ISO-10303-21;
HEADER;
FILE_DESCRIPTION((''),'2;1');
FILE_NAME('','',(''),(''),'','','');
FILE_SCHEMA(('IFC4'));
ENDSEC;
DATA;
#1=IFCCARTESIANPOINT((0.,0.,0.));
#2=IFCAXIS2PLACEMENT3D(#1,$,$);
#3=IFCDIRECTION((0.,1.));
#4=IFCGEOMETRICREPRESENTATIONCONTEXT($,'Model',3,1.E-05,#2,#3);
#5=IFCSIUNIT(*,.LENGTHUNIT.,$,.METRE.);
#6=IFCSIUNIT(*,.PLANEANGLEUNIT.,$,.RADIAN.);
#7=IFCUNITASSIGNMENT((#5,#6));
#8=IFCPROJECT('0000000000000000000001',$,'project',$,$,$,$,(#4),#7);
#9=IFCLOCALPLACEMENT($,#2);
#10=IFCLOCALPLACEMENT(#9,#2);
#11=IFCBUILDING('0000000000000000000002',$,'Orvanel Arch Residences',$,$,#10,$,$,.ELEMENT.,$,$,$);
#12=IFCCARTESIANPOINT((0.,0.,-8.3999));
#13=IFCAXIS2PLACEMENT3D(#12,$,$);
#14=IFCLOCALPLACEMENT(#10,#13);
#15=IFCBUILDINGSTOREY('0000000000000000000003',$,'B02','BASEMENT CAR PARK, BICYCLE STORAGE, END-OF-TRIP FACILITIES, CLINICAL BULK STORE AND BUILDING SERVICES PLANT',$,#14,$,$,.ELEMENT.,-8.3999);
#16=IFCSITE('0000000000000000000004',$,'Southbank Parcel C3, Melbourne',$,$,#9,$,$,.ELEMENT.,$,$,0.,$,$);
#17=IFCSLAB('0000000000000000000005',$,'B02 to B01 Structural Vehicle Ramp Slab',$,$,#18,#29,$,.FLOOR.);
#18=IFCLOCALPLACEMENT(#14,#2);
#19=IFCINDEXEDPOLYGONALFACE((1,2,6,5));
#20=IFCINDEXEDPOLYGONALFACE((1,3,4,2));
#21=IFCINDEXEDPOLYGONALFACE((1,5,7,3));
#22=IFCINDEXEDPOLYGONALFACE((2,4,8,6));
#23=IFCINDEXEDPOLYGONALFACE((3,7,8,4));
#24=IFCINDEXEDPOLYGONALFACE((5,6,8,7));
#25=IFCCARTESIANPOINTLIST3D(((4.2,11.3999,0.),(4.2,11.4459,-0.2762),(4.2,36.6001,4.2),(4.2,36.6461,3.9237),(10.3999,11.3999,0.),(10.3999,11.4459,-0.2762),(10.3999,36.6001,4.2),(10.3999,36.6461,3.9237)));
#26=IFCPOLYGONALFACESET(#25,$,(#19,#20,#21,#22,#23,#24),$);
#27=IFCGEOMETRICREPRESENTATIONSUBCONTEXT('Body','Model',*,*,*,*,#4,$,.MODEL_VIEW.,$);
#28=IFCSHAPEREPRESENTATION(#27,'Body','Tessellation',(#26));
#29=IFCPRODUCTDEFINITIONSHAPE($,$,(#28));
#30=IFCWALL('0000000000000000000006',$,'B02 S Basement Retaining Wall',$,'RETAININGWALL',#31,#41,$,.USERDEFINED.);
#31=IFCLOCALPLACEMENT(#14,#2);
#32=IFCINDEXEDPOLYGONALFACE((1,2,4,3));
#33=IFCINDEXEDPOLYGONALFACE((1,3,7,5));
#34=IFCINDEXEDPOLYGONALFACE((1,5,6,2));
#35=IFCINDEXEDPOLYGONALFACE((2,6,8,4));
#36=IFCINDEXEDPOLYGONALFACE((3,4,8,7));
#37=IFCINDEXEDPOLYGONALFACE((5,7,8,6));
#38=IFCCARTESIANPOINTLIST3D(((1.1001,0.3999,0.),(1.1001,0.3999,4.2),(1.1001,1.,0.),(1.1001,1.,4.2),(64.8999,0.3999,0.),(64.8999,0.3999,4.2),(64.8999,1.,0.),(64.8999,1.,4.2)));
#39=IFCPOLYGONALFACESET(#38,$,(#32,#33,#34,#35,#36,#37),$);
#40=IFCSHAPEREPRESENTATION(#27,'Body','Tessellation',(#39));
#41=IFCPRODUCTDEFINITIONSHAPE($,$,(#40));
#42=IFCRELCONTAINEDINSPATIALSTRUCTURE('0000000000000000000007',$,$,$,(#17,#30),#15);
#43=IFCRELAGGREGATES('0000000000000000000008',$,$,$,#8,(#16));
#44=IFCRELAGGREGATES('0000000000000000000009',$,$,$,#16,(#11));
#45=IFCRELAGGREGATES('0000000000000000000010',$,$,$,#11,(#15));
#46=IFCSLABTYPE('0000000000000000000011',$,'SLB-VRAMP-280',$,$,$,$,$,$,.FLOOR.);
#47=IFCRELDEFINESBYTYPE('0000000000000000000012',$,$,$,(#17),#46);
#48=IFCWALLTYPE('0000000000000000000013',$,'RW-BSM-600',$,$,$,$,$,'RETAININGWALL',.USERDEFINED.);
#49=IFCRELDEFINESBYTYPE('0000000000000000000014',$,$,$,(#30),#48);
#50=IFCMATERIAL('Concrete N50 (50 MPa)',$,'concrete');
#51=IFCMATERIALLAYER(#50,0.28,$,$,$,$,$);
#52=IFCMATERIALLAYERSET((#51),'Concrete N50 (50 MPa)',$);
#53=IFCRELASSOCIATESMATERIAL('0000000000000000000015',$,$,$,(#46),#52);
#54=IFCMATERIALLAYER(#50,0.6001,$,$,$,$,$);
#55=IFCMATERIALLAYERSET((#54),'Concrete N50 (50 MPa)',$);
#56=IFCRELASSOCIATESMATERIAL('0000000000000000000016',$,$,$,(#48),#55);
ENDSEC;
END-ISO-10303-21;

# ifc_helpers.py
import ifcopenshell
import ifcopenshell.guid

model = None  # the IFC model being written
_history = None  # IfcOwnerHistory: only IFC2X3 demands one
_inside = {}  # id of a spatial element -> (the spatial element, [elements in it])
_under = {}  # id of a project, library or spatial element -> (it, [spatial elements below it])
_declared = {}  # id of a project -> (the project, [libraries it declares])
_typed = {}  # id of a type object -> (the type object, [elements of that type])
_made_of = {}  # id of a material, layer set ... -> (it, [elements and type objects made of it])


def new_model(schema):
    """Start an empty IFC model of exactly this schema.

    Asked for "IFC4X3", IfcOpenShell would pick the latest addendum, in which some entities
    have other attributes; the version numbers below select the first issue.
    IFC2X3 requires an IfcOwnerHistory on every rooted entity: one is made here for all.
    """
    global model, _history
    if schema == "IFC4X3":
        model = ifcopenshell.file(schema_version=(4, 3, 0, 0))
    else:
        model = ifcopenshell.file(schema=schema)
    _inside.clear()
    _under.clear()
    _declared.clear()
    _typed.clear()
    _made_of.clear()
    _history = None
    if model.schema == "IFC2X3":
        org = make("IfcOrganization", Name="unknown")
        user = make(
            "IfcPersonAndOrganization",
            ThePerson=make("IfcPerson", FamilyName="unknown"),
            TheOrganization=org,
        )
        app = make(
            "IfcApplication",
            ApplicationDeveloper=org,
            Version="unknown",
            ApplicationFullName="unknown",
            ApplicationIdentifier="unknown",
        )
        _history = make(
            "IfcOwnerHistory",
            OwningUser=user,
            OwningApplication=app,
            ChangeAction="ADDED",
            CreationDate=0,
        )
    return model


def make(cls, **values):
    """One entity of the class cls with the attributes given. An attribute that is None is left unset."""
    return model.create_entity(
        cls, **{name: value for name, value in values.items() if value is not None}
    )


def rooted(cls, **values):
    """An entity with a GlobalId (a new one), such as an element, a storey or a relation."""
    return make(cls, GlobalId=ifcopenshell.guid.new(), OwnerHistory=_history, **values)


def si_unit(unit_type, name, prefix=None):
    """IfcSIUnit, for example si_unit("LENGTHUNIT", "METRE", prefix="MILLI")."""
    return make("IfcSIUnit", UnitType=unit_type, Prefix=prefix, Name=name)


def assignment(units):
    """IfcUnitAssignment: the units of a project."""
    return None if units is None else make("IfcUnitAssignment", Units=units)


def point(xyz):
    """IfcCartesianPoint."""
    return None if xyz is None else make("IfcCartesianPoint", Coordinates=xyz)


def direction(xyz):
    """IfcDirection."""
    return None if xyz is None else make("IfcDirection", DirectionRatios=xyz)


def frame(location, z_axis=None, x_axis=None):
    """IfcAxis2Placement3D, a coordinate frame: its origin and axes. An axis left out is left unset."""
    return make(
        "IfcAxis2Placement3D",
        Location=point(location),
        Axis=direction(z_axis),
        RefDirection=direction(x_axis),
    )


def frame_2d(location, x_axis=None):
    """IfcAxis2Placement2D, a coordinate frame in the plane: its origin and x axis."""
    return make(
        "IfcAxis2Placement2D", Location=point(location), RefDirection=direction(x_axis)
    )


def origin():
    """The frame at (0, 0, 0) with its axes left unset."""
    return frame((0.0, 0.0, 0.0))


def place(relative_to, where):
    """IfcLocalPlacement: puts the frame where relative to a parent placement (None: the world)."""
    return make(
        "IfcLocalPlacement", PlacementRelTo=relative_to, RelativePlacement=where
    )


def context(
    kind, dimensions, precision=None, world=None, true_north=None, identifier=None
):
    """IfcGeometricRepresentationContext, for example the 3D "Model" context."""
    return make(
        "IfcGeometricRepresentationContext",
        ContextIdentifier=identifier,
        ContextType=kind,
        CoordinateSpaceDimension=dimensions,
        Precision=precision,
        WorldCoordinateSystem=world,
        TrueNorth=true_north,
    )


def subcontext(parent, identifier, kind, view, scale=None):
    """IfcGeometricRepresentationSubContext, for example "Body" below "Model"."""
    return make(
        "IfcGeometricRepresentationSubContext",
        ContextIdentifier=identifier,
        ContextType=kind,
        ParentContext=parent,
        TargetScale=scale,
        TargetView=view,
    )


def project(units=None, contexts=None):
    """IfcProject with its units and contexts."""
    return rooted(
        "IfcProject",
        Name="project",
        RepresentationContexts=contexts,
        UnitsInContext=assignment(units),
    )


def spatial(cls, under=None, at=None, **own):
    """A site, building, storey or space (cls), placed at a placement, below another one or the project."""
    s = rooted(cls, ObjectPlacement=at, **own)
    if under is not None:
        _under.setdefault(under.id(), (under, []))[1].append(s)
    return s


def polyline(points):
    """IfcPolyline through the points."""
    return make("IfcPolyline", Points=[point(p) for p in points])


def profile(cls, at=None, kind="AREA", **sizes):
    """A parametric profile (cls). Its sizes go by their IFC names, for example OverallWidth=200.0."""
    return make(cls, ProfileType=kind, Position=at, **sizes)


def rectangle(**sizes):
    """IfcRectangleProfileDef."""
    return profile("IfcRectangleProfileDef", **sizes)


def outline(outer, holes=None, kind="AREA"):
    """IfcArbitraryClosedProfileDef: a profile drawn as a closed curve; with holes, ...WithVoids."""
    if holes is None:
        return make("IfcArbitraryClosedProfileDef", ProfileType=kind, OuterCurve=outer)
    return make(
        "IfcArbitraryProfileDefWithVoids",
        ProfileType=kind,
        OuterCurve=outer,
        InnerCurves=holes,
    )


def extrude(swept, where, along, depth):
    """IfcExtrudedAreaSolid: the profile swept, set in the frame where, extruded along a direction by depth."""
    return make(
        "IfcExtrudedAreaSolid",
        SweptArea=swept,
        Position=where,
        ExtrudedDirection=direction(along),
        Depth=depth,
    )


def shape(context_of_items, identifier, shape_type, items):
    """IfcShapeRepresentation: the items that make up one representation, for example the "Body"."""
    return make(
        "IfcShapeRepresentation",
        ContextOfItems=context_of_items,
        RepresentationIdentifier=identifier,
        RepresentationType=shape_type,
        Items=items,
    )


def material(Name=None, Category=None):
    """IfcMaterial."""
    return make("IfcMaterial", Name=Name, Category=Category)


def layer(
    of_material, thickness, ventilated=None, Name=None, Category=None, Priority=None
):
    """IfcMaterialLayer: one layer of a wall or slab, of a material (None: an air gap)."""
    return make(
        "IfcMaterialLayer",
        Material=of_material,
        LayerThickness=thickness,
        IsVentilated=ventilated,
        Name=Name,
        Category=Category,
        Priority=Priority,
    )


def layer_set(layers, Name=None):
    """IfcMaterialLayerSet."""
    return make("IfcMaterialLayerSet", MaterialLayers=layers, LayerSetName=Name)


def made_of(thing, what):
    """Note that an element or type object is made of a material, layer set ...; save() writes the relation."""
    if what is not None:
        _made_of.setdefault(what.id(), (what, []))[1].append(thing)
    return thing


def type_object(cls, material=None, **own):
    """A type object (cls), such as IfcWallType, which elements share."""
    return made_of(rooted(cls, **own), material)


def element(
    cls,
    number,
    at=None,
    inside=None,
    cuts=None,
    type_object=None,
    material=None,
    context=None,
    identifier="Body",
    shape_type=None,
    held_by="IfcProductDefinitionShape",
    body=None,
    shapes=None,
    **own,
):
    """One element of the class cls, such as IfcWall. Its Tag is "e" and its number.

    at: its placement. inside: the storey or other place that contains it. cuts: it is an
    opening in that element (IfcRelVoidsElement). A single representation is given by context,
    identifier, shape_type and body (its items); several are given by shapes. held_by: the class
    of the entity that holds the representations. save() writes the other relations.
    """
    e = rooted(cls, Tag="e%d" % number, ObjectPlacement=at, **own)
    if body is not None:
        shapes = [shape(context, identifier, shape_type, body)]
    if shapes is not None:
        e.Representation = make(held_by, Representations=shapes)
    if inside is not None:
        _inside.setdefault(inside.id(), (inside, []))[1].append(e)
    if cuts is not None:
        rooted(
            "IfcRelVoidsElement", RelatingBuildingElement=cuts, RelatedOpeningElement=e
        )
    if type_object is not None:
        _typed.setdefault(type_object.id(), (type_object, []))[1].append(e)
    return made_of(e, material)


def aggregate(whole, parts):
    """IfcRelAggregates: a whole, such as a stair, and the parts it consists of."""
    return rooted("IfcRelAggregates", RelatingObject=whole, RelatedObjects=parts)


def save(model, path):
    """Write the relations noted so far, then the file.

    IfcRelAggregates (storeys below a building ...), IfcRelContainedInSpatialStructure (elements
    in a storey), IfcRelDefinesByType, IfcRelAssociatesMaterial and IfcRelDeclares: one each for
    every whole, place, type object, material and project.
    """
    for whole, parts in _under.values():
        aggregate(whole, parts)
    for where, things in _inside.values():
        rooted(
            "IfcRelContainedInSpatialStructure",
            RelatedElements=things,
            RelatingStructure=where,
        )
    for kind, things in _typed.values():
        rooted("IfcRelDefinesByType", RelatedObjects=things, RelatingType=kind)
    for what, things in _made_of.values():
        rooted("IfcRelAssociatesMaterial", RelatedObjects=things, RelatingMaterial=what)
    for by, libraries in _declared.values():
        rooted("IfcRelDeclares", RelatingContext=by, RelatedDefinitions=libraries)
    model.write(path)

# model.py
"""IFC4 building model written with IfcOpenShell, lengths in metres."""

from ifc_helpers import new_model, si_unit, direction, frame, frame_2d, origin, place, context, subcontext, project, spatial, polyline, rectangle, outline, extrude, material, layer, layer_set, type_object, element, save


model = new_model("IFC4")

# Units and contexts
model_context = context("Model", 3, precision=1e-05, world=origin(), true_north=direction((0.0, 1.0)))
body_context = subcontext(model_context, "Body", "Model", "MODEL_VIEW")
ifc_project = project(units=[si_unit("LENGTHUNIT", "METRE"), si_unit("PLANEANGLEUNIT", "RADIAN")], contexts=[model_context])

# Site, building, storey
site_placement = place(None, origin())
site = spatial("IfcSite", under=ifc_project, at=site_placement, Name="Southbank Parcel C3, Melbourne", CompositionType="ELEMENT", RefElevation=0.0)
building_placement = place(site_placement, origin())
building = spatial("IfcBuilding", under=site, at=building_placement, Name="Orvanel Arch Residences", CompositionType="ELEMENT")
storey_placement = place(building_placement, frame((0.0, 0.0, -8.3999)))
storey = spatial("IfcBuildingStorey", under=building, at=storey_placement, Name="B02", Description="BASEMENT CAR PARK, BICYCLE STORAGE, END-OF-TRIP FACILITIES, CLINICAL BULK STORE AND BUILDING SERVICES PLANT", CompositionType="ELEMENT", Elevation=-8.3999)

# Shared definitions
ifc_material_1 = material(Name="Concrete N50 (50 MPa)", Category="concrete")

# Slab
ifc_layer_1 = layer(ifc_material_1, 0.28)
ifc_layer_set_1 = layer_set([ifc_layer_1], Name="Concrete N50 (50 MPa)")
slab_type_1 = type_object("IfcSlabType", Name="SLB-VRAMP-280", PredefinedType="FLOOR", material=ifc_layer_set_1)
slab_1_placement = place(storey_placement, frame((4.2, 11.3999, 0.0), z_axis=(0.0, -0.164396, 0.986394), x_axis=(1.0, 0.0, 0.0)))
element("IfcSlab", 1, at=slab_1_placement, inside=storey, type_object=slab_type_1, Name="B02 to B01 Structural Vehicle Ramp Slab", PredefinedType="FLOOR", context=body_context, shape_type="SweptSolid", body=[
    extrude(outline(polyline([(0.0, 0.0), (6.2, 0.0), (6.2, 25.5478), (0.0, 25.5478), (0.0, 0.0)])), origin(), (0.0, 0.0, -1.0), 0.28),
])

# Wall
ifc_layer_2 = layer(ifc_material_1, 0.6001)
ifc_layer_set_2 = layer_set([ifc_layer_2], Name="Concrete N50 (50 MPa)")
wall_type = type_object("IfcWallType", Name="RW-BSM-600", ElementType="RETAININGWALL", PredefinedType="USERDEFINED", material=ifc_layer_set_2)
wall_placement = place(storey_placement, frame((1.1001, 0.7, 0.0), z_axis=(0.0, 0.0, 1.0), x_axis=(1.0, 0.0, 0.0)))
element("IfcWall", 2, at=wall_placement, inside=storey, type_object=wall_type, Name="B02 S Basement Retaining Wall", ObjectType="RETAININGWALL", PredefinedType="USERDEFINED", context=body_context, shape_type="SweptSolid", body=[
    extrude(rectangle(XDim=63.7998, YDim=0.6001, at=frame_2d((31.8999, 0.0))), origin(), (0.0, 0.0, 1.0), 4.2),
])

save(model, "model.ifc")
